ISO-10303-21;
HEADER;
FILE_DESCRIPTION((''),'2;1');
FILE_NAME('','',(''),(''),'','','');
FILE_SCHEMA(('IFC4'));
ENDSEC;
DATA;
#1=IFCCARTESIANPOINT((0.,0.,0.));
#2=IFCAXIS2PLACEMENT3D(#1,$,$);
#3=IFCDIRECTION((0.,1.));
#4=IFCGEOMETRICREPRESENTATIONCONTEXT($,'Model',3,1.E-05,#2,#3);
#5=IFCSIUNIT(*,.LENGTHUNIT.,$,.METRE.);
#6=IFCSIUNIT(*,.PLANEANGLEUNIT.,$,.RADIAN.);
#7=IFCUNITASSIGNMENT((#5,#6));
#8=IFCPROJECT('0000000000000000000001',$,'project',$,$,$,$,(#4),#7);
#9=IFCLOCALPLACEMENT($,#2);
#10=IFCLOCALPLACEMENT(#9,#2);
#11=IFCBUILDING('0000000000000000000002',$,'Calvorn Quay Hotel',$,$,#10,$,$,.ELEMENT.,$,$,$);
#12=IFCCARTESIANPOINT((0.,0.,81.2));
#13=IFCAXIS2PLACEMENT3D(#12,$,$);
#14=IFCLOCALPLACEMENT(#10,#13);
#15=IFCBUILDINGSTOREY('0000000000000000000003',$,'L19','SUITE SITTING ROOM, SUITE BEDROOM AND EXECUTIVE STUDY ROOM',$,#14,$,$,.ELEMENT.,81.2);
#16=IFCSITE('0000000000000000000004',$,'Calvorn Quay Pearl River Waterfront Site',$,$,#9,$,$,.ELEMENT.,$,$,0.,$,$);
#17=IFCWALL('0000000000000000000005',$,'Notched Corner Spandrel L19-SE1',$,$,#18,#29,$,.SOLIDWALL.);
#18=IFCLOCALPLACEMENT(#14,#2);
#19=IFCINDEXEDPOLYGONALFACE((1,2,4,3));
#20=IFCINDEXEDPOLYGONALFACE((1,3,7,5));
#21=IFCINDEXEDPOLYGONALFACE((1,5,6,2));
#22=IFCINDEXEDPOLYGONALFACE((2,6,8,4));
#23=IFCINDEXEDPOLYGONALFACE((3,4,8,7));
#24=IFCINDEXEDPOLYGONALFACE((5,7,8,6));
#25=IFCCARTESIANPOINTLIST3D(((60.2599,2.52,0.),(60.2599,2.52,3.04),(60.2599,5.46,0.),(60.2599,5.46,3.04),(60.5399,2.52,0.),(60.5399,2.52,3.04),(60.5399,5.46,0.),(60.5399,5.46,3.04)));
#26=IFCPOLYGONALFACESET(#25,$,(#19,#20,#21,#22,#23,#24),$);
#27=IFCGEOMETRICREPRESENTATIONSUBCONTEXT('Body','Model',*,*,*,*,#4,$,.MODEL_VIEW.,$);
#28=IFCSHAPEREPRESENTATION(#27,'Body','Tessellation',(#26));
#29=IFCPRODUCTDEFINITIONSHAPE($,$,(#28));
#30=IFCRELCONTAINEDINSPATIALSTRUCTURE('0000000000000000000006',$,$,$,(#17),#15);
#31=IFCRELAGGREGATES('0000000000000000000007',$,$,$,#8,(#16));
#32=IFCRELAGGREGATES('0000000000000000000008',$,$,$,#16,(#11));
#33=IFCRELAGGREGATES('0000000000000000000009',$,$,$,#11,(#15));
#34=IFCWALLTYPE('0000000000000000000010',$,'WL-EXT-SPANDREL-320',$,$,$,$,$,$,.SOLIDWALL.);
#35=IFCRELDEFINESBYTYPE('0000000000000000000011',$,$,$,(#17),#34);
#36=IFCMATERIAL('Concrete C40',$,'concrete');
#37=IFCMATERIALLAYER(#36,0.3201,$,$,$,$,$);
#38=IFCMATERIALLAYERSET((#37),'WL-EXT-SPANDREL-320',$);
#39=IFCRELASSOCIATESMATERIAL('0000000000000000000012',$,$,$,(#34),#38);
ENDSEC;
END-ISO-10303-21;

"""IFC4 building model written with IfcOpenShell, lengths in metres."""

from ifc_helpers import new_model, si_unit, direction, frame, frame_2d, origin, place, context, subcontext, project, spatial, rectangle, extrude, material, layer, layer_set, type_object, element, save


model = new_model("IFC4")

# Units and contexts
model_context = context("Model", 3, precision=1e-05, world=origin(), true_north=direction((0.0, 1.0)))
body_context = subcontext(model_context, "Body", "Model", "MODEL_VIEW")
ifc_project = project(units=[si_unit("LENGTHUNIT", "METRE"), si_unit("PLANEANGLEUNIT", "RADIAN")], contexts=[model_context])

# Site, building, storey
site_placement = place(None, origin())
site = spatial("IfcSite", under=ifc_project, at=site_placement, Name="Calvorn Quay Pearl River Waterfront Site", CompositionType="ELEMENT", RefElevation=0.0)
building_placement = place(site_placement, origin())
building = spatial("IfcBuilding", under=site, at=building_placement, Name="Calvorn Quay Hotel", CompositionType="ELEMENT")
storey_placement = place(building_placement, frame((0.0, 0.0, 81.2)))
storey = spatial("IfcBuildingStorey", under=building, at=storey_placement, Name="L19", Description="SUITE SITTING ROOM, SUITE BEDROOM AND EXECUTIVE STUDY ROOM", CompositionType="ELEMENT", Elevation=81.2)

# Wall
ifc_material_1 = material(Name="Concrete C40", Category="concrete")
ifc_layer_1 = layer(ifc_material_1, 0.3201)
ifc_layer_set_1 = layer_set([ifc_layer_1], Name="WL-EXT-SPANDREL-320")
wall_type = type_object("IfcWallType", Name="WL-EXT-SPANDREL-320", PredefinedType="SOLIDWALL", material=ifc_layer_set_1)
wall_1_placement = place(storey_placement, frame((60.3999, 2.52, 0.0), z_axis=(0.0, 0.0, 1.0), x_axis=(0.0, 1.0, 0.0)))
element("IfcWall", 1, at=wall_1_placement, inside=storey, type_object=wall_type, Name="Notched Corner Spandrel L19-SE1", PredefinedType="SOLIDWALL", context=body_context, shape_type="SweptSolid", body=[
    extrude(rectangle(XDim=2.9399, YDim=0.28, at=frame_2d((1.47, 0.0))), origin(), (0.0, 0.0, 1.0), 3.04),
])

save(model, "model.ifc")
